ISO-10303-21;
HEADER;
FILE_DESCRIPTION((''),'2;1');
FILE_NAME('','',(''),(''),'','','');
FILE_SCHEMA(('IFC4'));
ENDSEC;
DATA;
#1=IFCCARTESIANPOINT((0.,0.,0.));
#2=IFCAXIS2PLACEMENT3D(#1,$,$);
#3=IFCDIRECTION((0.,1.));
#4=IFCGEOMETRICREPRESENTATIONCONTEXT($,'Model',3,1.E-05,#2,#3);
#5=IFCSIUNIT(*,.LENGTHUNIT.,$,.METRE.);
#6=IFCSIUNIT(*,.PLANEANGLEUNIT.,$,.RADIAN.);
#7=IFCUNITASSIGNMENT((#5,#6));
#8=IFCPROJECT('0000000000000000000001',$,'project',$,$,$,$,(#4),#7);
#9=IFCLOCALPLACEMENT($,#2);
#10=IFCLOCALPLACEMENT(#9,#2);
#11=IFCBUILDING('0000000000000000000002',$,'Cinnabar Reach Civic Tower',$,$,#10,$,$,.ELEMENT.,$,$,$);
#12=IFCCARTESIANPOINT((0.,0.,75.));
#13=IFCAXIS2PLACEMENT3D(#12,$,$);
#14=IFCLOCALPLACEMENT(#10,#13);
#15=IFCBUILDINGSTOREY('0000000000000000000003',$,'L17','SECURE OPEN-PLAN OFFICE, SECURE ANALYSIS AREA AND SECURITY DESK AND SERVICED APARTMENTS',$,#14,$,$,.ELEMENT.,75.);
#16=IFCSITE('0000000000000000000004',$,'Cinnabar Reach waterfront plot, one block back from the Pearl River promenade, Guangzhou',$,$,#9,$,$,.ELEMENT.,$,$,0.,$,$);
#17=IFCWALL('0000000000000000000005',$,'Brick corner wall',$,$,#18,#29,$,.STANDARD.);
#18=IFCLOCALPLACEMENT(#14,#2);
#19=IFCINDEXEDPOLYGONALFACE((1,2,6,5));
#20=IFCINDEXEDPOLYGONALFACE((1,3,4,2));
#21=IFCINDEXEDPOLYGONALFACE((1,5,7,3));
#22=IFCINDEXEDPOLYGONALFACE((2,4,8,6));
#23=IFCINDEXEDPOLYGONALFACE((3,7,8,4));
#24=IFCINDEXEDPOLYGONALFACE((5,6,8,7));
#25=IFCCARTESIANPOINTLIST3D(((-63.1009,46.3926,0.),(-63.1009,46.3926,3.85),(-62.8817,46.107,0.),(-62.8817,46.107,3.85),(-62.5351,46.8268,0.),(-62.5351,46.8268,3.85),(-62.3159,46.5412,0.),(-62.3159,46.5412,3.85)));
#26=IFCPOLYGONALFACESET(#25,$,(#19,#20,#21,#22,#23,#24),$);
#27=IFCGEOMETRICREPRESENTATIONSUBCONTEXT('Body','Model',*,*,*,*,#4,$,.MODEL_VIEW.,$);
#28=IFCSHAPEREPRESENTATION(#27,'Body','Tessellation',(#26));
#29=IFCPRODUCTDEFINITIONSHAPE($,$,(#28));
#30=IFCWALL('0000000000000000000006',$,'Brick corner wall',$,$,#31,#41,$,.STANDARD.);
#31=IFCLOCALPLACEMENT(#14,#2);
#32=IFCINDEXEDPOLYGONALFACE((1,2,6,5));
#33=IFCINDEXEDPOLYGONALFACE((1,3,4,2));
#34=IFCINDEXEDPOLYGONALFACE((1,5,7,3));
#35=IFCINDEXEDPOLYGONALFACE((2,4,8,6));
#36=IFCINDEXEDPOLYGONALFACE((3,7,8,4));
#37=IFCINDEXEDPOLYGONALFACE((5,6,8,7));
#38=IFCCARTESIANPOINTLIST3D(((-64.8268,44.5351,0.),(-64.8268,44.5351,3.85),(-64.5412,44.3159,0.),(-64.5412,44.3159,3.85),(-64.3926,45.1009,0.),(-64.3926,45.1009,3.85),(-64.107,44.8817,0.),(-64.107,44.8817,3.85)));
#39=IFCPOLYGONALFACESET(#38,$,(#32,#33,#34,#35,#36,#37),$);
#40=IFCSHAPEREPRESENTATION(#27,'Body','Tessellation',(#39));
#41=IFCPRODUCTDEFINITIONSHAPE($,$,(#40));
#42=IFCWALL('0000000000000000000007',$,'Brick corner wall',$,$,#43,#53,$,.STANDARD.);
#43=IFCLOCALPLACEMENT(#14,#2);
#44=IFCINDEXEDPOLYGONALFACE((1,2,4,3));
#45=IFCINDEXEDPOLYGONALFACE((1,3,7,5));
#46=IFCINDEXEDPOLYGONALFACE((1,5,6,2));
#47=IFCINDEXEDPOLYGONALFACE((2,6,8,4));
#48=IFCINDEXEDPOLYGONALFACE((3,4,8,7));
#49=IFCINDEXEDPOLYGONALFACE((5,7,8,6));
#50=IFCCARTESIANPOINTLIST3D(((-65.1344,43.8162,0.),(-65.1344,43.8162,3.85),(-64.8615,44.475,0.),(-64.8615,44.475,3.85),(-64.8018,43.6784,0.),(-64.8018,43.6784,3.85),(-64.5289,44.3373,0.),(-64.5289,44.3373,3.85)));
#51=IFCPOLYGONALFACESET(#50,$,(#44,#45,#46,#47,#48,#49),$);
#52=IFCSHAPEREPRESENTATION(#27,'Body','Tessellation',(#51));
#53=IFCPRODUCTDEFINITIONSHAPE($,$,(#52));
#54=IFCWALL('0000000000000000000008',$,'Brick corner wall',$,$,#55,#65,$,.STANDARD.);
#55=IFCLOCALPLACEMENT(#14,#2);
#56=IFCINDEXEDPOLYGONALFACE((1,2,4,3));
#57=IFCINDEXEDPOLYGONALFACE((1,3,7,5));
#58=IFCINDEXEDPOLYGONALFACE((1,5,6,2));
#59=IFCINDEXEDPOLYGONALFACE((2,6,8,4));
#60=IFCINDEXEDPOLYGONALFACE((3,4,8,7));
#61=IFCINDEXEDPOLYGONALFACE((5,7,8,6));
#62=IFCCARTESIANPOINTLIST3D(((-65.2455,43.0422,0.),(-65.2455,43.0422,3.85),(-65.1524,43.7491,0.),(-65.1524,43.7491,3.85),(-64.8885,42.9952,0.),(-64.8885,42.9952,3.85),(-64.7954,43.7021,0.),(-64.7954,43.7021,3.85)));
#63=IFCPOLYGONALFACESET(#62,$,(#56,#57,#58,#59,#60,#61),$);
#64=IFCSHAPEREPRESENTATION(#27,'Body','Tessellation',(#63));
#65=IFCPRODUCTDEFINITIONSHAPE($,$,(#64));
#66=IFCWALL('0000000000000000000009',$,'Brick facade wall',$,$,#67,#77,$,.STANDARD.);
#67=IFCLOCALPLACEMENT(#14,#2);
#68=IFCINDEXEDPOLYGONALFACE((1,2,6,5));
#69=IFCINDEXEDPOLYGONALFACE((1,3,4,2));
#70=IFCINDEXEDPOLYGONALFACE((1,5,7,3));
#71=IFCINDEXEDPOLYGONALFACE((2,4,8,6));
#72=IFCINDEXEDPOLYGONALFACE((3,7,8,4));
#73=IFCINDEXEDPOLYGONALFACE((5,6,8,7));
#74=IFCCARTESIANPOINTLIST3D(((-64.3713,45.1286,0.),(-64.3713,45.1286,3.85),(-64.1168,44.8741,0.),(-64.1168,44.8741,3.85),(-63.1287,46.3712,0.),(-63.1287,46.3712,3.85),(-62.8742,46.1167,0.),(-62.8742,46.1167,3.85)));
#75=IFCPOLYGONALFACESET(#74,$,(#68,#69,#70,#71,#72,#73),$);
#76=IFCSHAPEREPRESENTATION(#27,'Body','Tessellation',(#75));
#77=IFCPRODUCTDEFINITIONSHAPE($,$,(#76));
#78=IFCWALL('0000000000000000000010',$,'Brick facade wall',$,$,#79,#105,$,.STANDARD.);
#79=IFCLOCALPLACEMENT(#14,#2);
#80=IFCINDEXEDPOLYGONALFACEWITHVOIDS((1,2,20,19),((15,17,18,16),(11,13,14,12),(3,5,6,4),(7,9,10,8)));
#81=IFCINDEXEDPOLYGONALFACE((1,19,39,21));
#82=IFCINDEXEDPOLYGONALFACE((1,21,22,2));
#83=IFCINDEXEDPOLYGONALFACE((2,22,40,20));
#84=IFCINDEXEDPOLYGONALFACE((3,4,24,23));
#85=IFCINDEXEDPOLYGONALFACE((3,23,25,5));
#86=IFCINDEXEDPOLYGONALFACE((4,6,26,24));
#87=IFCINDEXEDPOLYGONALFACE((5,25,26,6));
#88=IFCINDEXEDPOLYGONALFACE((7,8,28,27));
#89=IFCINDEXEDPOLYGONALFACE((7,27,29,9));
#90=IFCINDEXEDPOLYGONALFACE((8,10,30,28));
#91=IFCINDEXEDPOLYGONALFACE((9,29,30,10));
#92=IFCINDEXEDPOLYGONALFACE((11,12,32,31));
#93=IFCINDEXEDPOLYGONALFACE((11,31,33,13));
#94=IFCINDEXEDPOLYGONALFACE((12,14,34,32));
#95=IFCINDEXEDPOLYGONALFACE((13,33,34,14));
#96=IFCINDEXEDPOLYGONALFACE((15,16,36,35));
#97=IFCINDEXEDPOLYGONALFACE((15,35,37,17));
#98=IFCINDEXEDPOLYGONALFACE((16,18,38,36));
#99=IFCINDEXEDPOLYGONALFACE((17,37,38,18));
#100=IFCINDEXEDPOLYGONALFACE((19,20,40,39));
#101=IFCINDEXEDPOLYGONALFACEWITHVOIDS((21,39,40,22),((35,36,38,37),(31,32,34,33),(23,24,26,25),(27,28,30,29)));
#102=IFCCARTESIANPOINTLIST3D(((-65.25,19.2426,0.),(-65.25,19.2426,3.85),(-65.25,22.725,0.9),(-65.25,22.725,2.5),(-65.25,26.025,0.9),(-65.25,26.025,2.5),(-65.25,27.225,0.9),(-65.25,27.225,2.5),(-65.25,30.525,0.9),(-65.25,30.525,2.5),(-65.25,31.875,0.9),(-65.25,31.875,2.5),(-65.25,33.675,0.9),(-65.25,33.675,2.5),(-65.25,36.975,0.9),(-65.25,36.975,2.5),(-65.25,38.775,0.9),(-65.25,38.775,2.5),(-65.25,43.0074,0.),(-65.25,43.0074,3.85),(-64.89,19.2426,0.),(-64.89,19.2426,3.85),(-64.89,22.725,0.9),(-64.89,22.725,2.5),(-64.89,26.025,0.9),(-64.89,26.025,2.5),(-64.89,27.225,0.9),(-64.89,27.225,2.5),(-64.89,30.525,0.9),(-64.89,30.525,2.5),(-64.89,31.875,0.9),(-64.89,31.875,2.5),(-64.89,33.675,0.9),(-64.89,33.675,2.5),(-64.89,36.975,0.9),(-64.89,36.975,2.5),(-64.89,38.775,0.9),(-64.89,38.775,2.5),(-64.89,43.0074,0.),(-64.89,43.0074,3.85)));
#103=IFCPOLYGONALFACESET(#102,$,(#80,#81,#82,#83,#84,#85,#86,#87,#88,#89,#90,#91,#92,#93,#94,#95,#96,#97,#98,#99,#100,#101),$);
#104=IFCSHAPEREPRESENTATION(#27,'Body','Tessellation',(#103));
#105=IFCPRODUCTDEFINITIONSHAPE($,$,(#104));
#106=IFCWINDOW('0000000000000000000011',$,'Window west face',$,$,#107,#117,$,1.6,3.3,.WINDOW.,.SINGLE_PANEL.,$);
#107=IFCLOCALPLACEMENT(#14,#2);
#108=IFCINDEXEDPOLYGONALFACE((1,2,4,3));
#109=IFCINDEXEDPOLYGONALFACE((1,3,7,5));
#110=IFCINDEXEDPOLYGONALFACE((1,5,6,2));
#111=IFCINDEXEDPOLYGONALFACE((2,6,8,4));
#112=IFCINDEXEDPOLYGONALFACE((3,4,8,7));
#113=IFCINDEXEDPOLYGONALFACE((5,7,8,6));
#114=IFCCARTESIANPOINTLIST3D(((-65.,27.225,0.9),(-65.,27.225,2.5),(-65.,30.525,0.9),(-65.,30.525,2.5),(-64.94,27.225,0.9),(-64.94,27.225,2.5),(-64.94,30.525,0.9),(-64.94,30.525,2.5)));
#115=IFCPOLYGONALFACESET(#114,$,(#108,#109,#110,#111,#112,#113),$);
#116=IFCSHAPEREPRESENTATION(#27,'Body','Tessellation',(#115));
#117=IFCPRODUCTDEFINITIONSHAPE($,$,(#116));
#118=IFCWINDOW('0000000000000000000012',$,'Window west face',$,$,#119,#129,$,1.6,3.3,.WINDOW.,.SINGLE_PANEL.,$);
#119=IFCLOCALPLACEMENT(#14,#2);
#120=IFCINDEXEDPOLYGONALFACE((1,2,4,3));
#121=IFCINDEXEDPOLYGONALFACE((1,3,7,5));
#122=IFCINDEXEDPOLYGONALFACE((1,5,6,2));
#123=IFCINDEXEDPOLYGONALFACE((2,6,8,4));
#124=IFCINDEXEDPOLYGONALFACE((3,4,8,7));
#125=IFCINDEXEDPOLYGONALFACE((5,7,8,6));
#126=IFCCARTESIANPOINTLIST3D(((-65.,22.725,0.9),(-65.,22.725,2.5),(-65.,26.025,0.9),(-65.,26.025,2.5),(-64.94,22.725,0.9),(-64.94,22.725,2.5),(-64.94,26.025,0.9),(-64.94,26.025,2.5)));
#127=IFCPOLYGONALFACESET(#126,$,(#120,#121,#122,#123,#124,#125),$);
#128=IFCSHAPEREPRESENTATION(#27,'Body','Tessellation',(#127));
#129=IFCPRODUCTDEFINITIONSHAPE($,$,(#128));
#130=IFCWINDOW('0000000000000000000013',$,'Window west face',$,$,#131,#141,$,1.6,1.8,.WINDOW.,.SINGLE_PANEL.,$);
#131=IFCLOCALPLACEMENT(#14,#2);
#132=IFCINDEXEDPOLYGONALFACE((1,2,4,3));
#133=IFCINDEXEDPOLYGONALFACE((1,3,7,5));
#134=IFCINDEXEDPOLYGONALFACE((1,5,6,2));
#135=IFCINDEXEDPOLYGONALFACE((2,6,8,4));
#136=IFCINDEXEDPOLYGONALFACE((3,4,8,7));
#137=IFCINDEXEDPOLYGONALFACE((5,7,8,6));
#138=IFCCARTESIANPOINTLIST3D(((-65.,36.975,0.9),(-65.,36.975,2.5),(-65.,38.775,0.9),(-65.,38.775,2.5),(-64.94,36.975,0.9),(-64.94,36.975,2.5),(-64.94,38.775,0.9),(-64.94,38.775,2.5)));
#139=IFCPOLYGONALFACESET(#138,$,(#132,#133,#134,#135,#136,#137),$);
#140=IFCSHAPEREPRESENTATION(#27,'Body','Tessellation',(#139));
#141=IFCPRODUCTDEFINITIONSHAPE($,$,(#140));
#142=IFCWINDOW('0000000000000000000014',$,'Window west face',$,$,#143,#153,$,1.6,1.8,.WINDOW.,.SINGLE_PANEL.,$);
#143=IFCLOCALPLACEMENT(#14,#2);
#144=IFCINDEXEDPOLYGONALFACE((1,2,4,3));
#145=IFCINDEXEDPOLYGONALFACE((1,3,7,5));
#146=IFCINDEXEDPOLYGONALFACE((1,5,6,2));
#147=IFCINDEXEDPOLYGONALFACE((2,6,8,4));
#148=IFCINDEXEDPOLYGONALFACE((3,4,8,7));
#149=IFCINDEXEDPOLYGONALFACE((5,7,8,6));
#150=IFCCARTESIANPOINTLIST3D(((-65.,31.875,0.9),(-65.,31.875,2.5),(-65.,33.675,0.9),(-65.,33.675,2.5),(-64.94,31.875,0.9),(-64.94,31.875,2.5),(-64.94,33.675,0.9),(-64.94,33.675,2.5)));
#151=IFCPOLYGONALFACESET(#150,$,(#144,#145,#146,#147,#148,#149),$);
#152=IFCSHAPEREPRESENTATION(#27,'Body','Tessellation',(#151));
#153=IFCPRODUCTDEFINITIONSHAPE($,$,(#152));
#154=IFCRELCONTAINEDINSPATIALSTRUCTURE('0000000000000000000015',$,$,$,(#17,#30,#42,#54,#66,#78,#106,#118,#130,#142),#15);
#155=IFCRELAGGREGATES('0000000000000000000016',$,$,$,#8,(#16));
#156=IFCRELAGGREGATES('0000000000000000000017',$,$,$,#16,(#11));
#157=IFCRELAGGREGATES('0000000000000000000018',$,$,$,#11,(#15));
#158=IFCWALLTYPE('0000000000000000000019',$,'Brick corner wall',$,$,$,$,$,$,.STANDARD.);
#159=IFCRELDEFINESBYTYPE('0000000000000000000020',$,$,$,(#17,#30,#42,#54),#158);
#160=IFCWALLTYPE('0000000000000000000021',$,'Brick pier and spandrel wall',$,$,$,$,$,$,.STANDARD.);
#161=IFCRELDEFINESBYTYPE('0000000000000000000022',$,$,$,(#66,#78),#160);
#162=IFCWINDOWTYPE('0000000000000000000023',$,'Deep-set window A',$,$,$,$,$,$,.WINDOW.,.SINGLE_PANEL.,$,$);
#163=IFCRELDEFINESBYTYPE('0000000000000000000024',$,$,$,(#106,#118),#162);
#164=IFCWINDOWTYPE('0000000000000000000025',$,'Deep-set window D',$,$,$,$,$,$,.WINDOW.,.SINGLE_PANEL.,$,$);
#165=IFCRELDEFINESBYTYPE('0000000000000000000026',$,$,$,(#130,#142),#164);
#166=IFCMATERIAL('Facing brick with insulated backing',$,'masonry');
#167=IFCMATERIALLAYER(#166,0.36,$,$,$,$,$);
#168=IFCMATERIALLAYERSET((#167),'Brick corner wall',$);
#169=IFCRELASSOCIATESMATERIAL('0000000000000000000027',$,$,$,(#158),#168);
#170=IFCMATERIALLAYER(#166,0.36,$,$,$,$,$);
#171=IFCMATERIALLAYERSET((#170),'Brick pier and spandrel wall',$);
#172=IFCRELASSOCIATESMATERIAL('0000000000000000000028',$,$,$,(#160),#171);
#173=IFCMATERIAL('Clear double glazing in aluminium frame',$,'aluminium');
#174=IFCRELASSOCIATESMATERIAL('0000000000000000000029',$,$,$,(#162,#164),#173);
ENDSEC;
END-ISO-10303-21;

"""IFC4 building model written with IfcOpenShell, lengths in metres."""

from ifc_helpers import new_model, si_unit, direction, frame, frame_2d, origin, place, context, subcontext, project, spatial, rectangle, extrude, material, layer, layer_set, type_object, element, fill, save


model = new_model("IFC4")

# Units and contexts
model_context = context("Model", 3, precision=1e-05, world=origin(), true_north=direction((0.0, 1.0)))
body_context = subcontext(model_context, "Body", "Model", "MODEL_VIEW")
ifc_project = project(units=[si_unit("LENGTHUNIT", "METRE"), si_unit("PLANEANGLEUNIT", "RADIAN")], contexts=[model_context])

# Site, building, storey
site_placement = place(None, origin())
site = spatial("IfcSite", under=ifc_project, at=site_placement, Name="Cinnabar Reach waterfront plot, one block back from the Pearl River promenade, Guangzhou", CompositionType="ELEMENT", RefElevation=0.0)
building_placement = place(site_placement, origin())
building = spatial("IfcBuilding", under=site, at=building_placement, Name="Cinnabar Reach Civic Tower", CompositionType="ELEMENT")
storey_placement = place(building_placement, frame((0.0, 0.0, 75.0)))
storey = spatial("IfcBuildingStorey", under=building, at=storey_placement, Name="L17", Description="SECURE OPEN-PLAN OFFICE, SECURE ANALYSIS AREA AND SECURITY DESK AND SERVICED APARTMENTS", CompositionType="ELEMENT", Elevation=75.0)

# Walls
ifc_material_1 = material(Name="Facing brick with insulated backing", Category="masonry")
ifc_layer_1 = layer(ifc_material_1, 0.36)
ifc_layer_set_1 = layer_set([ifc_layer_1], Name="Brick corner wall")
wall_type_1 = type_object("IfcWallType", Name="Brick corner wall", PredefinedType="STANDARD", material=ifc_layer_set_1)
for number, where, z_axis, x_axis, name in (
    (1, (-62.4255, 46.684, 0.0), (0.0, 0.0, 1.0), (-0.793322, -0.608802, 0.0), "Brick corner wall"),
    (2, (-64.2498, 44.9913, 0.0), (0.0, 0.0, 1.0), (-0.608802, -0.793322, 0.0), "Brick corner wall"),
):
    element("IfcWall", number, at=place(storey_placement, frame(where, z_axis=z_axis, x_axis=x_axis)), inside=storey, type_object=wall_type_1, Name=name, PredefinedType="STANDARD", context=body_context, shape_type="SweptSolid", body=[
        extrude(rectangle(XDim=0.7132, YDim=0.36, at=frame_2d((0.3566, 0.0))), origin(), (0.0, 0.0, 1.0), 3.85),
    ])
for number, where, z_axis, x_axis, name in (
    (3, (-64.6952, 44.4061, 0.0), (0.0, 0.0, 1.0), (-0.382703, -0.923872, 0.0), "Brick corner wall"),
    (4, (-64.9739, 43.7256, 0.0), (0.0, 0.0, 1.0), (-0.130556, -0.991441, 0.0), "Brick corner wall"),
):
    element("IfcWall", number, at=place(storey_placement, frame(where, z_axis=z_axis, x_axis=x_axis)), inside=storey, type_object=wall_type_1, Name=name, PredefinedType="STANDARD", context=body_context, shape_type="SweptSolid", body=[
        extrude(rectangle(XDim=0.7131, YDim=0.36, at=frame_2d((0.3565, 0.0))), origin(), (0.0, 0.0, 1.0), 3.85),
    ])
ifc_layer_2 = layer(ifc_material_1, 0.36)
ifc_layer_set_2 = layer_set([ifc_layer_2], Name="Brick pier and spandrel wall")
wall_type_2 = type_object("IfcWallType", Name="Brick pier and spandrel wall", PredefinedType="STANDARD", material=ifc_layer_set_2)
wall_1_placement = place(storey_placement, frame((-63.0014, 46.244, 0.0), z_axis=(0.0, 0.0, 1.0), x_axis=(-0.707107, -0.707107, 0.0)))
element("IfcWall", 5, at=wall_1_placement, inside=storey, type_object=wall_type_2, Name="Brick facade wall", PredefinedType="STANDARD", context=body_context, shape_type="SweptSolid", body=[
    extrude(rectangle(XDim=1.7573, YDim=0.36, at=frame_2d((0.8787, 0.0))), origin(), (0.0, 0.0, 1.0), 3.85),
])

# Wall, openings, windows
wall_2_placement = place(storey_placement, frame((-65.07, 43.0074, 0.0), z_axis=(0.0, 0.0, 1.0), x_axis=(0.0, -1.0, 0.0)))
wall_2 = element("IfcWall", 6, at=wall_2_placement, inside=storey, type_object=wall_type_2, Name="Brick facade wall", PredefinedType="STANDARD", context=body_context, shape_type="SweptSolid", body=[
    extrude(rectangle(XDim=23.7648, YDim=0.36, at=frame_2d((11.8824, 0.0))), origin(), (0.0, 0.0, 1.0), 3.85),
])
opening_1_placement = place(wall_2_placement, frame((4.2324, 0.0, 0.9)))
opening_1 = element("IfcOpeningElement", 7, at=opening_1_placement, cuts=wall_2, PredefinedType="OPENING", context=body_context, shape_type="SweptSolid", body=[
    extrude(rectangle(XDim=1.8, YDim=1.6, at=frame_2d((0.9, 0.8))), frame((0.0, 0.19, 0.0), z_axis=(0.0, -1.0, 0.0), x_axis=(1.0, 0.0, 0.0)), (0.0, 0.0, 1.0), 0.38),
])
opening_2_placement = place(wall_2_placement, frame((9.3324, 0.0, 0.9)))
opening_2 = element("IfcOpeningElement", 8, at=opening_2_placement, cuts=wall_2, PredefinedType="OPENING", context=body_context, shape_type="SweptSolid", body=[
    extrude(rectangle(XDim=1.8, YDim=1.6, at=frame_2d((0.9, 0.8))), frame((0.0, 0.19, 0.0), z_axis=(0.0, -1.0, 0.0), x_axis=(1.0, 0.0, 0.0)), (0.0, 0.0, 1.0), 0.38),
])
opening_3_placement = place(wall_2_placement, frame((12.4824, 0.0, 0.9)))
opening_3 = element("IfcOpeningElement", 9, at=opening_3_placement, cuts=wall_2, PredefinedType="OPENING", context=body_context, shape_type="SweptSolid", body=[
    extrude(rectangle(XDim=3.3, YDim=1.6, at=frame_2d((1.65, 0.8))), frame((0.0, 0.19, 0.0), z_axis=(0.0, -1.0, 0.0), x_axis=(1.0, 0.0, 0.0)), (0.0, 0.0, 1.0), 0.38),
])
opening_4_placement = place(wall_2_placement, frame((16.9824, 0.0, 0.9)))
opening_4 = element("IfcOpeningElement", 10, at=opening_4_placement, cuts=wall_2, PredefinedType="OPENING", context=body_context, shape_type="SweptSolid", body=[
    extrude(rectangle(XDim=3.3, YDim=1.6, at=frame_2d((1.65, 0.8))), frame((0.0, 0.19, 0.0), z_axis=(0.0, -1.0, 0.0), x_axis=(1.0, 0.0, 0.0)), (0.0, 0.0, 1.0), 0.38),
])
ifc_material_2 = material(Name="Clear double glazing in aluminium frame", Category="aluminium")
window_type_1 = type_object("IfcWindowType", Name="Deep-set window A", PartitioningType="SINGLE_PANEL", PredefinedType="WINDOW", material=ifc_material_2)
window_1_placement = place(opening_3_placement, origin())
window_1 = element("IfcWindow", 11, at=window_1_placement, inside=storey, type_object=window_type_1, Name="Window west face", OverallHeight=1.6, OverallWidth=3.3, PartitioningType="SINGLE_PANEL", PredefinedType="WINDOW", context=body_context, shape_type="SweptSolid", body=[
    extrude(rectangle(XDim=3.3, YDim=1.6, at=frame_2d((1.65, 0.8))), frame((0.0, 0.13, 0.0), z_axis=(0.0, -1.0, 0.0), x_axis=(1.0, 0.0, 0.0)), (0.0, 0.0, 1.0), 0.06),
])
fill(opening_3, window_1)
window_2_placement = place(opening_4_placement, origin())
window_2 = element("IfcWindow", 12, at=window_2_placement, inside=storey, type_object=window_type_1, Name="Window west face", OverallHeight=1.6, OverallWidth=3.3, PartitioningType="SINGLE_PANEL", PredefinedType="WINDOW", context=body_context, shape_type="SweptSolid", body=[
    extrude(rectangle(XDim=3.3, YDim=1.6, at=frame_2d((1.65, 0.8))), frame((0.0, 0.13, 0.0), z_axis=(0.0, -1.0, 0.0), x_axis=(1.0, 0.0, 0.0)), (0.0, 0.0, 1.0), 0.06),
])
fill(opening_4, window_2)
window_type_2 = type_object("IfcWindowType", Name="Deep-set window D", PartitioningType="SINGLE_PANEL", PredefinedType="WINDOW", material=ifc_material_2)
window_3_placement = place(opening_1_placement, origin())
window_3 = element("IfcWindow", 13, at=window_3_placement, inside=storey, type_object=window_type_2, Name="Window west face", OverallHeight=1.6, OverallWidth=1.8, PartitioningType="SINGLE_PANEL", PredefinedType="WINDOW", context=body_context, shape_type="SweptSolid", body=[
    extrude(rectangle(XDim=1.8, YDim=1.6, at=frame_2d((0.9, 0.8))), frame((0.0, 0.13, 0.0), z_axis=(0.0, -1.0, 0.0), x_axis=(1.0, 0.0, 0.0)), (0.0, 0.0, 1.0), 0.06),
])
fill(opening_1, window_3)
window_4_placement = place(opening_2_placement, origin())
window_4 = element("IfcWindow", 14, at=window_4_placement, inside=storey, type_object=window_type_2, Name="Window west face", OverallHeight=1.6, OverallWidth=1.8, PartitioningType="SINGLE_PANEL", PredefinedType="WINDOW", context=body_context, shape_type="SweptSolid", body=[
    extrude(rectangle(XDim=1.8, YDim=1.6, at=frame_2d((0.9, 0.8))), frame((0.0, 0.13, 0.0), z_axis=(0.0, -1.0, 0.0), x_axis=(1.0, 0.0, 0.0)), (0.0, 0.0, 1.0), 0.06),
])
fill(opening_2, window_4)

save(model, "model.ifc")
